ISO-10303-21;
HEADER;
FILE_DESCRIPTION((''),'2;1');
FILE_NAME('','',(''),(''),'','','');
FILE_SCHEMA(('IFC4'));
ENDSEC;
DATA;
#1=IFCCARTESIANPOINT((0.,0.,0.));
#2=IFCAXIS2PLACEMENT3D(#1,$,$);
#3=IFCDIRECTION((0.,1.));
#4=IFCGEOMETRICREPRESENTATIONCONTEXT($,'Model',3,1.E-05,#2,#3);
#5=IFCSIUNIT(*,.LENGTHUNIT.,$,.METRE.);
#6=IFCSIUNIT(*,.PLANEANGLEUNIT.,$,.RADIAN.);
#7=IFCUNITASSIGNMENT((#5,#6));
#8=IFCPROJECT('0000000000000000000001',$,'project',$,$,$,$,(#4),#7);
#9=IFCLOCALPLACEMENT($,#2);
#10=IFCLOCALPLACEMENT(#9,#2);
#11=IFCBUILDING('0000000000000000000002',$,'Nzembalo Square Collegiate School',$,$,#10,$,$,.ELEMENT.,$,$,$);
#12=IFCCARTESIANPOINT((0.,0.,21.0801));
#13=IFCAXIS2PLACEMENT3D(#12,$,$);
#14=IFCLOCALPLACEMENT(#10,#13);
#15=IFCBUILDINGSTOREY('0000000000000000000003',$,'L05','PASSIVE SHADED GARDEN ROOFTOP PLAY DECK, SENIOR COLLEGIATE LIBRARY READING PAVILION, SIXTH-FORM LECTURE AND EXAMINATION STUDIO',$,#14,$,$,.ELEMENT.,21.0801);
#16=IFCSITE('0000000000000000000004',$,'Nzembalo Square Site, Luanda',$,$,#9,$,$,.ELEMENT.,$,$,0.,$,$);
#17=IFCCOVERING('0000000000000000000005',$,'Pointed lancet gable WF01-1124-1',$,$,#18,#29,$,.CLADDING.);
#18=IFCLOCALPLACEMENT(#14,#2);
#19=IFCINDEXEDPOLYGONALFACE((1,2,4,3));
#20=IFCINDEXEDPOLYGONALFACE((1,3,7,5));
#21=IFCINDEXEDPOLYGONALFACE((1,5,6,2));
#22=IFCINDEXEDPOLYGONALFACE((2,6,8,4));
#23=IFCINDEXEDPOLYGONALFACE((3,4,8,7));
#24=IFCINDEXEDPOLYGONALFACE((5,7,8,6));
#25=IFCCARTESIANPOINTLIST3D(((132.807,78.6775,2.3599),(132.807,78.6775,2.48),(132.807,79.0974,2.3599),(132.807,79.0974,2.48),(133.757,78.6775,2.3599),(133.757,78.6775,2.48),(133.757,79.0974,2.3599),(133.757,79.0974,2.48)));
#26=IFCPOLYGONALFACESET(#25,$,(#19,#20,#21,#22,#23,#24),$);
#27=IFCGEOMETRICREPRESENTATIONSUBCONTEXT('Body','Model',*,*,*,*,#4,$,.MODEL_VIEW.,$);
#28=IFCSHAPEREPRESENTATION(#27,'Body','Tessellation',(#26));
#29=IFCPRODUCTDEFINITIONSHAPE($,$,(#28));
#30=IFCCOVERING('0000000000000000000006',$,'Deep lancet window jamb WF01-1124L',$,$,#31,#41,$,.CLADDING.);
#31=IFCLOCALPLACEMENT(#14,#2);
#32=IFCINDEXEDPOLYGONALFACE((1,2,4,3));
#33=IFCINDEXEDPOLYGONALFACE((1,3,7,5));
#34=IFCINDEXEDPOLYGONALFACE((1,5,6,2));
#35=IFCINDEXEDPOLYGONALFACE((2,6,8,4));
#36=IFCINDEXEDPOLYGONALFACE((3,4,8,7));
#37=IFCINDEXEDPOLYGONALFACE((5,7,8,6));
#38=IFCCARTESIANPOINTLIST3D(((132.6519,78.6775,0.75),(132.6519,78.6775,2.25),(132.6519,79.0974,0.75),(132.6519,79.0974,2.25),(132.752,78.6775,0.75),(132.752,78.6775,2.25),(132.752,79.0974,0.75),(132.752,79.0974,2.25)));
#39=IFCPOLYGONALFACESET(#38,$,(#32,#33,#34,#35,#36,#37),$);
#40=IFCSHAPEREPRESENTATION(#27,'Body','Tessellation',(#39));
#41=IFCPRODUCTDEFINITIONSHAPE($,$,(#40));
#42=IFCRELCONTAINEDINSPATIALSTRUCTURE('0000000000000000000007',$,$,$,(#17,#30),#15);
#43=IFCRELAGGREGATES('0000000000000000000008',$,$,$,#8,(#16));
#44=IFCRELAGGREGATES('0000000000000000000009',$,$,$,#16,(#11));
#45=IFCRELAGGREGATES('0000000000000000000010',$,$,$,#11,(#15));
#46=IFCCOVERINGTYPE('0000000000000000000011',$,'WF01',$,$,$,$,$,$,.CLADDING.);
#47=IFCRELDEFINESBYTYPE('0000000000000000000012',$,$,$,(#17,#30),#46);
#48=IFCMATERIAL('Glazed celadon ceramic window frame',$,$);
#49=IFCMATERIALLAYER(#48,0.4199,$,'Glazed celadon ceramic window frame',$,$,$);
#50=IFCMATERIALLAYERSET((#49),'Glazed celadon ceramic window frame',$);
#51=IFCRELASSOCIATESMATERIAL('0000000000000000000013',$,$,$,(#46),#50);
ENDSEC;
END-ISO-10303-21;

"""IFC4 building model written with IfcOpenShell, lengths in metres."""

from ifc_helpers import new_model, si_unit, direction, frame, origin, origin_2d, place, context, subcontext, project, spatial, rectangle, extrude, material, layer, layer_set, type_object, element, save


model = new_model("IFC4")

# Units and contexts
model_context = context("Model", 3, precision=1e-05, world=origin(), true_north=direction((0.0, 1.0)))
body_context = subcontext(model_context, "Body", "Model", "MODEL_VIEW")
ifc_project = project(units=[si_unit("LENGTHUNIT", "METRE"), si_unit("PLANEANGLEUNIT", "RADIAN")], contexts=[model_context])

# Site, building, storey
site_placement = place(None, origin())
site = spatial("IfcSite", under=ifc_project, at=site_placement, Name="Nzembalo Square Site, Luanda", CompositionType="ELEMENT", RefElevation=0.0)
building_placement = place(site_placement, origin())
building = spatial("IfcBuilding", under=site, at=building_placement, Name="Nzembalo Square Collegiate School", CompositionType="ELEMENT")
storey_placement = place(building_placement, frame((0.0, 0.0, 21.0801)))
storey = spatial("IfcBuildingStorey", under=building, at=storey_placement, Name="L05", Description="PASSIVE SHADED GARDEN ROOFTOP PLAY DECK, SENIOR COLLEGIATE LIBRARY READING PAVILION, SIXTH-FORM LECTURE AND EXAMINATION STUDIO", CompositionType="ELEMENT", Elevation=21.0801)

# Coverings
ifc_material_1 = material(Name="Glazed celadon ceramic window frame")
ifc_layer_1 = layer(ifc_material_1, 0.4199, Name="Glazed celadon ceramic window frame")
ifc_layer_set_1 = layer_set([ifc_layer_1], Name="Glazed celadon ceramic window frame")
covering_type = type_object("IfcCoveringType", Name="WF01", PredefinedType="CLADDING", material=ifc_layer_set_1)
covering_1_placement = place(storey_placement, frame((133.282, 78.8875, 2.3599), z_axis=(0.0, 0.0, 1.0), x_axis=(1.0, 0.0, 0.0)))
element("IfcCovering", 1, at=covering_1_placement, inside=storey, type_object=covering_type, Name="Pointed lancet gable WF01-1124-1", PredefinedType="CLADDING", context=body_context, shape_type="SweptSolid", body=[
    extrude(rectangle(XDim=0.95, YDim=0.4199, at=origin_2d()), origin(), (0.0, 0.0, 1.0), 0.1201),
])
covering_2_placement = place(storey_placement, frame((132.7019, 78.8875, 0.75), z_axis=(0.0, 0.0, 1.0), x_axis=(1.0, 0.0, 0.0)))
element("IfcCovering", 2, at=covering_2_placement, inside=storey, type_object=covering_type, Name="Deep lancet window jamb WF01-1124L", PredefinedType="CLADDING", context=body_context, shape_type="SweptSolid", body=[
    extrude(rectangle(XDim=0.1001, YDim=0.4199, at=origin_2d()), origin(), (0.0, 0.0, 1.0), 1.5),
])

save(model, "model.ifc")
